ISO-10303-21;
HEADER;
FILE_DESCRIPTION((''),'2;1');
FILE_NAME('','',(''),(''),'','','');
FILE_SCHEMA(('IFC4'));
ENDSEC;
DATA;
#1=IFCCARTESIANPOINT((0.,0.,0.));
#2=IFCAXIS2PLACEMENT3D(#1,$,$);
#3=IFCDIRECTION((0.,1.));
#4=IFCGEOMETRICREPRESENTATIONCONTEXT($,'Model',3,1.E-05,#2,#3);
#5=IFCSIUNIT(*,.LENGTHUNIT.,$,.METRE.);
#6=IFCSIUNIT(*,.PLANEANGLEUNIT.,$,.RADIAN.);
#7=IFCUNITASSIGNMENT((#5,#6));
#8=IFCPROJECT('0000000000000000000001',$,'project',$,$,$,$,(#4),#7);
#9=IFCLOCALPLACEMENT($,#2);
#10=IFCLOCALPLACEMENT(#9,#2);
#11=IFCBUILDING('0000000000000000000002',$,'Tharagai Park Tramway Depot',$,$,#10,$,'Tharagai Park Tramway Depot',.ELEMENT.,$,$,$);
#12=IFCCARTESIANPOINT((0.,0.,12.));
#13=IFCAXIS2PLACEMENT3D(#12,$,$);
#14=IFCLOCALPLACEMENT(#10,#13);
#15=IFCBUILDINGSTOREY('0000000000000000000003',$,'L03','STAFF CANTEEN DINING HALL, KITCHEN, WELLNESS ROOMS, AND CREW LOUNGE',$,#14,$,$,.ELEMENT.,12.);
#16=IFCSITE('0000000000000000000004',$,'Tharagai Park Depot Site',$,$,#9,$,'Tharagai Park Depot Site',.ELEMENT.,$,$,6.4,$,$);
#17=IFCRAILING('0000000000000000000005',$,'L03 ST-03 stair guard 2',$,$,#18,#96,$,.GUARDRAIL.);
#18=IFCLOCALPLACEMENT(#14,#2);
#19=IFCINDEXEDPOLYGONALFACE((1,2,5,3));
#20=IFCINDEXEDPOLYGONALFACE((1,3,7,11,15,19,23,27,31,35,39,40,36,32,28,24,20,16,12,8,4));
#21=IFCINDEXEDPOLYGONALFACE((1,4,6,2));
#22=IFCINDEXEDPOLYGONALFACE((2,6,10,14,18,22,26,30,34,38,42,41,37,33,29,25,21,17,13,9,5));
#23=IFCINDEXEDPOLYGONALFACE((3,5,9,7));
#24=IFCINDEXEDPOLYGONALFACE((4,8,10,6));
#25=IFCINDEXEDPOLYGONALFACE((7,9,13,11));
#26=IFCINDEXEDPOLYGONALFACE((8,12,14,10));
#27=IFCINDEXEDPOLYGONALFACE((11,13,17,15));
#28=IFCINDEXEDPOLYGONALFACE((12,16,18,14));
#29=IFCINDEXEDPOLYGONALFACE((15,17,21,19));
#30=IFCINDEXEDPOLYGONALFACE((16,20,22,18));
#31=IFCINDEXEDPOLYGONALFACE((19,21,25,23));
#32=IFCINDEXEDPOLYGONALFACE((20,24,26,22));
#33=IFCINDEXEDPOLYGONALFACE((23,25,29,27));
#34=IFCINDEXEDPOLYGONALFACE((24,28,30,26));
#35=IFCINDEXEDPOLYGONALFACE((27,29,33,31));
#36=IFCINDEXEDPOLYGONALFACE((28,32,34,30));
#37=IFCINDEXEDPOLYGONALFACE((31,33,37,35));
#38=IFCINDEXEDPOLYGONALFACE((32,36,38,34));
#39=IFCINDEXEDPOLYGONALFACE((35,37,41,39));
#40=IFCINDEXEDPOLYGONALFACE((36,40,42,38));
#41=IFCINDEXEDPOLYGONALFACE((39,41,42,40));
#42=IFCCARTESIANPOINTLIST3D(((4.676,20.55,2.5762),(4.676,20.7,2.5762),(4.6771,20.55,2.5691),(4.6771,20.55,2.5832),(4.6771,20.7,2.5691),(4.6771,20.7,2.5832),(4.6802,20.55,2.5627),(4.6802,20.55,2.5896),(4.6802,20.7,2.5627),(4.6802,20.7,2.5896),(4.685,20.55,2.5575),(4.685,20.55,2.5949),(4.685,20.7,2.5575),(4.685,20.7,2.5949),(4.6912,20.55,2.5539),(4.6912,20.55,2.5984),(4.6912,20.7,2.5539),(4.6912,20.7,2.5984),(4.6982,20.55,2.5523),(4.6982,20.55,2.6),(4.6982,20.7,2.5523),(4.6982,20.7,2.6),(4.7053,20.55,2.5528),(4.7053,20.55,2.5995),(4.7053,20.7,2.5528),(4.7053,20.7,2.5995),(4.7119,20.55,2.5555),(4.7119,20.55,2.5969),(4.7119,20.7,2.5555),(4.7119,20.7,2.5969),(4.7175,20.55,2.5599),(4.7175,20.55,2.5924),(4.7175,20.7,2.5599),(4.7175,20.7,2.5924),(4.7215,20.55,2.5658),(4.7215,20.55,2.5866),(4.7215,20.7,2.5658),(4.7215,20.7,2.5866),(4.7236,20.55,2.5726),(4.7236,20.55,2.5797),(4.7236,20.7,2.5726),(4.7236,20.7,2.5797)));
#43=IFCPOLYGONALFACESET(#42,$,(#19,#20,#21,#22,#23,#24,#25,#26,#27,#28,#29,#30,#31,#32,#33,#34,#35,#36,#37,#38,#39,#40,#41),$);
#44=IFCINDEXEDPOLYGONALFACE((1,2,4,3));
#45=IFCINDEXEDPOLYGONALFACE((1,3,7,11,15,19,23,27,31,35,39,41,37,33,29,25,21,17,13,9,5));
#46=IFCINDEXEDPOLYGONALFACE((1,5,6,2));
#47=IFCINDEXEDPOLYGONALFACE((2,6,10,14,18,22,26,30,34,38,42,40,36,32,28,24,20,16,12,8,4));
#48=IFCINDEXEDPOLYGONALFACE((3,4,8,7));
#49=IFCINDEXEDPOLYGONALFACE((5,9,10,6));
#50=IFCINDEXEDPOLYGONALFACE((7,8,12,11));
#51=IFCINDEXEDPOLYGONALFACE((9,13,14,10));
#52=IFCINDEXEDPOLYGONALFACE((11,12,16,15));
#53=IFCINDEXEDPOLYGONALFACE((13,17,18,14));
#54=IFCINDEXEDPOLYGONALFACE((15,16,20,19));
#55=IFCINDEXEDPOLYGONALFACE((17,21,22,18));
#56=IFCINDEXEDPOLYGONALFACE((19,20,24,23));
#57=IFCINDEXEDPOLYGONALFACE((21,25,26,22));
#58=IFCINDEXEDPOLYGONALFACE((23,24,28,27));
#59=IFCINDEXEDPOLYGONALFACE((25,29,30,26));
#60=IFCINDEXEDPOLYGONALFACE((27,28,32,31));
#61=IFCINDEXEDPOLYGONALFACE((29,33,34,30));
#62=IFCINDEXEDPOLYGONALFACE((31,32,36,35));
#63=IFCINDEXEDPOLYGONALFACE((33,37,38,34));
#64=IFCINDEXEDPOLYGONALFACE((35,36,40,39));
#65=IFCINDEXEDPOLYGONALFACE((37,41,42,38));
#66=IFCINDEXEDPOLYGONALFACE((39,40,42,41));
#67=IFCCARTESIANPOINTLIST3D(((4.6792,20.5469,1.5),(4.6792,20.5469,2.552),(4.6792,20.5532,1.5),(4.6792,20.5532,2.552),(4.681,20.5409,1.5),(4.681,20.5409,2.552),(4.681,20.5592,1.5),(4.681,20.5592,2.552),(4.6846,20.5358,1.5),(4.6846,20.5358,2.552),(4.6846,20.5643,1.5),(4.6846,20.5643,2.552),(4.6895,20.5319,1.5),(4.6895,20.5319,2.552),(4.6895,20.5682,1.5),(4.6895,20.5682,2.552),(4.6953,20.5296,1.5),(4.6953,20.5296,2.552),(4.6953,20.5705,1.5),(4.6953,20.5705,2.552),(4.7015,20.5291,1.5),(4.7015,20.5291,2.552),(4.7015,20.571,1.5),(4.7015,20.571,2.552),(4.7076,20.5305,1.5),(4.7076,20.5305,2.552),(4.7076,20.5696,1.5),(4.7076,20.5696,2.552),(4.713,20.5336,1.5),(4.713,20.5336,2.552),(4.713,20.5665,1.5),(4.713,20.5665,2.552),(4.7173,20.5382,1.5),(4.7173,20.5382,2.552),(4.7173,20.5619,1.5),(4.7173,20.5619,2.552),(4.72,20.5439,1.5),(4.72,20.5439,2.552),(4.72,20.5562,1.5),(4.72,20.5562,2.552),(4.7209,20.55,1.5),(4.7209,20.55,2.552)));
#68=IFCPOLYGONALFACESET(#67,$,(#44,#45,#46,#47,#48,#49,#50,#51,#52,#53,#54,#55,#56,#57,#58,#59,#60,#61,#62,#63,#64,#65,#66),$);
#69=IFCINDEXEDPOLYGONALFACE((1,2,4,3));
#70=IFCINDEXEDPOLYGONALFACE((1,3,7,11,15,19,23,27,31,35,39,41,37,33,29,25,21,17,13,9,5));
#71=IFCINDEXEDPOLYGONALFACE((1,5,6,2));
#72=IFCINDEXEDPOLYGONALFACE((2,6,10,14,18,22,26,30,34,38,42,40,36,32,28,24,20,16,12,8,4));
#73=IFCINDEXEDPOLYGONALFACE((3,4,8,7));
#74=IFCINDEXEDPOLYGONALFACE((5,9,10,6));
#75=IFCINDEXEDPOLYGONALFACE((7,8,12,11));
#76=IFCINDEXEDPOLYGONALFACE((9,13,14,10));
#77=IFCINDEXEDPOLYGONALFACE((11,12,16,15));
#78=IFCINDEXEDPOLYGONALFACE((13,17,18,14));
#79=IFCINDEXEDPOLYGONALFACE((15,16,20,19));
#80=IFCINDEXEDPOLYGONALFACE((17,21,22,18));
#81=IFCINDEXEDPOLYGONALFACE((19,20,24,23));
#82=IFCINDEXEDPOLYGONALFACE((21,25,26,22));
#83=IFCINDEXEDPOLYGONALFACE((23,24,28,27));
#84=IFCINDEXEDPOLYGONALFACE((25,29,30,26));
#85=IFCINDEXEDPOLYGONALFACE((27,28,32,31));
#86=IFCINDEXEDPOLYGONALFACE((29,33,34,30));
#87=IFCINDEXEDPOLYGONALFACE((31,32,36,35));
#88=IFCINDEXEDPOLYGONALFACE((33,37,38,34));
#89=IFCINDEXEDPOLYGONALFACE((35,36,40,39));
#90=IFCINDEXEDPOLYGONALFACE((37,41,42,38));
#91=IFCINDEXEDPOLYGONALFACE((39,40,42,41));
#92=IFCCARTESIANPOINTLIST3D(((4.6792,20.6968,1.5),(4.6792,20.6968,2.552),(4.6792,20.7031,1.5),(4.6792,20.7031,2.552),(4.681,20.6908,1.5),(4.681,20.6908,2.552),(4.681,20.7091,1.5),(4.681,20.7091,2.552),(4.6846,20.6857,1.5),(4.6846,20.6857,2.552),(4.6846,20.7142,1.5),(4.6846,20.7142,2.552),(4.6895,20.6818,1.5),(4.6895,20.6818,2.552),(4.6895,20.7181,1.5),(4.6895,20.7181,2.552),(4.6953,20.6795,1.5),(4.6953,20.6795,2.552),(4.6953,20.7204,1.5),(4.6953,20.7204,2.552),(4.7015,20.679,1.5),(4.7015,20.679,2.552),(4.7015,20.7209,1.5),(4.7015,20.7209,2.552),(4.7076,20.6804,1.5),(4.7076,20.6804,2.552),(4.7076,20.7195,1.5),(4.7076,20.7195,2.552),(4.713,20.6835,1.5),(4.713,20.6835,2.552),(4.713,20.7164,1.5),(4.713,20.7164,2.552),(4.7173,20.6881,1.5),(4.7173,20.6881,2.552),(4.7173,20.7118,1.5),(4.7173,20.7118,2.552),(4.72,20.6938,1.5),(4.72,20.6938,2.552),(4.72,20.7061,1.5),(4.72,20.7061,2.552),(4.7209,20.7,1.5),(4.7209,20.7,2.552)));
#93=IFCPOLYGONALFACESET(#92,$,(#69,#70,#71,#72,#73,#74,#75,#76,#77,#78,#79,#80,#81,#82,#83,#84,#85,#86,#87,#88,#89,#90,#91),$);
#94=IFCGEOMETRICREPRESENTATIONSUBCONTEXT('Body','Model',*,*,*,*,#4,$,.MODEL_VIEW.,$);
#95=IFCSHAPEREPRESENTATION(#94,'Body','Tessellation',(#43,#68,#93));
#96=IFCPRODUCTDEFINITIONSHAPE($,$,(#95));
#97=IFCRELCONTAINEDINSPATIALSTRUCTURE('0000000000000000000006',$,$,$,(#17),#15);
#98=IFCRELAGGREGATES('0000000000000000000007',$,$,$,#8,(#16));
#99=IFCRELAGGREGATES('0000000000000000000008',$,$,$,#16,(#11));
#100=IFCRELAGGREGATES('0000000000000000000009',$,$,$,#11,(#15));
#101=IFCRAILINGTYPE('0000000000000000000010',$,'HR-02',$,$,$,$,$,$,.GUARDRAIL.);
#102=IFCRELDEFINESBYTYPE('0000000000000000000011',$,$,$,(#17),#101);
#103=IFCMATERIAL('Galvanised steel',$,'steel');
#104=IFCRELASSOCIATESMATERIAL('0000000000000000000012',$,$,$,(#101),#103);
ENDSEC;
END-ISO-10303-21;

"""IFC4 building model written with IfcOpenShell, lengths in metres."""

from ifc_helpers import new_model, si_unit, direction, frame, origin, origin_2d, place, context, subcontext, project, spatial, circle, extrude, material, type_object, element, save


model = new_model("IFC4")

# Units and contexts
model_context = context("Model", 3, precision=1e-05, world=origin(), true_north=direction((0.0, 1.0)))
body_context = subcontext(model_context, "Body", "Model", "MODEL_VIEW")
ifc_project = project(units=[si_unit("LENGTHUNIT", "METRE"), si_unit("PLANEANGLEUNIT", "RADIAN")], contexts=[model_context])

# Site, building, storey
site_placement = place(None, origin())
site = spatial("IfcSite", under=ifc_project, at=site_placement, Name="Tharagai Park Depot Site", LongName="Tharagai Park Depot Site", CompositionType="ELEMENT", RefElevation=6.4)
building_placement = place(site_placement, origin())
building = spatial("IfcBuilding", under=site, at=building_placement, Name="Tharagai Park Tramway Depot", LongName="Tharagai Park Tramway Depot", CompositionType="ELEMENT")
storey_placement = place(building_placement, frame((0.0, 0.0, 12.0)))
storey = spatial("IfcBuildingStorey", under=building, at=storey_placement, Name="L03", Description="STAFF CANTEEN DINING HALL, KITCHEN, WELLNESS ROOMS, AND CREW LOUNGE", CompositionType="ELEMENT", Elevation=12.0)

# Shared definitions
ifc_material_1 = material(Name="Galvanised steel", Category="steel")

# Railing
railing_type_1 = type_object("IfcRailingType", Name="HR-02", PredefinedType="GUARDRAIL", material=ifc_material_1)
railing_1_placement = place(storey_placement, frame((4.7, 20.55, 1.5)))
element("IfcRailing", 1, at=railing_1_placement, inside=storey, type_object=railing_type_1, Name="L03 ST-03 stair guard 2", PredefinedType="GUARDRAIL", context=body_context, shape_type="SweptSolid", body=[
    extrude(circle(Radius=0.0239, at=origin_2d()), frame((0.0, 0.0, 1.0762), z_axis=(0.0, 1.0, 0.0), x_axis=(-1.0, 0.0, 0.0)), (0.0, 0.0, 1.0), 0.1499),
    extrude(circle(Radius=0.021, at=origin_2d()), origin(), (0.0, 0.0, 1.0), 1.052),
    extrude(circle(Radius=0.021, at=origin_2d()), frame((0.0, 0.1499, 0.0)), (0.0, 0.0, 1.0), 1.052),
])

save(model, "model.ifc")
